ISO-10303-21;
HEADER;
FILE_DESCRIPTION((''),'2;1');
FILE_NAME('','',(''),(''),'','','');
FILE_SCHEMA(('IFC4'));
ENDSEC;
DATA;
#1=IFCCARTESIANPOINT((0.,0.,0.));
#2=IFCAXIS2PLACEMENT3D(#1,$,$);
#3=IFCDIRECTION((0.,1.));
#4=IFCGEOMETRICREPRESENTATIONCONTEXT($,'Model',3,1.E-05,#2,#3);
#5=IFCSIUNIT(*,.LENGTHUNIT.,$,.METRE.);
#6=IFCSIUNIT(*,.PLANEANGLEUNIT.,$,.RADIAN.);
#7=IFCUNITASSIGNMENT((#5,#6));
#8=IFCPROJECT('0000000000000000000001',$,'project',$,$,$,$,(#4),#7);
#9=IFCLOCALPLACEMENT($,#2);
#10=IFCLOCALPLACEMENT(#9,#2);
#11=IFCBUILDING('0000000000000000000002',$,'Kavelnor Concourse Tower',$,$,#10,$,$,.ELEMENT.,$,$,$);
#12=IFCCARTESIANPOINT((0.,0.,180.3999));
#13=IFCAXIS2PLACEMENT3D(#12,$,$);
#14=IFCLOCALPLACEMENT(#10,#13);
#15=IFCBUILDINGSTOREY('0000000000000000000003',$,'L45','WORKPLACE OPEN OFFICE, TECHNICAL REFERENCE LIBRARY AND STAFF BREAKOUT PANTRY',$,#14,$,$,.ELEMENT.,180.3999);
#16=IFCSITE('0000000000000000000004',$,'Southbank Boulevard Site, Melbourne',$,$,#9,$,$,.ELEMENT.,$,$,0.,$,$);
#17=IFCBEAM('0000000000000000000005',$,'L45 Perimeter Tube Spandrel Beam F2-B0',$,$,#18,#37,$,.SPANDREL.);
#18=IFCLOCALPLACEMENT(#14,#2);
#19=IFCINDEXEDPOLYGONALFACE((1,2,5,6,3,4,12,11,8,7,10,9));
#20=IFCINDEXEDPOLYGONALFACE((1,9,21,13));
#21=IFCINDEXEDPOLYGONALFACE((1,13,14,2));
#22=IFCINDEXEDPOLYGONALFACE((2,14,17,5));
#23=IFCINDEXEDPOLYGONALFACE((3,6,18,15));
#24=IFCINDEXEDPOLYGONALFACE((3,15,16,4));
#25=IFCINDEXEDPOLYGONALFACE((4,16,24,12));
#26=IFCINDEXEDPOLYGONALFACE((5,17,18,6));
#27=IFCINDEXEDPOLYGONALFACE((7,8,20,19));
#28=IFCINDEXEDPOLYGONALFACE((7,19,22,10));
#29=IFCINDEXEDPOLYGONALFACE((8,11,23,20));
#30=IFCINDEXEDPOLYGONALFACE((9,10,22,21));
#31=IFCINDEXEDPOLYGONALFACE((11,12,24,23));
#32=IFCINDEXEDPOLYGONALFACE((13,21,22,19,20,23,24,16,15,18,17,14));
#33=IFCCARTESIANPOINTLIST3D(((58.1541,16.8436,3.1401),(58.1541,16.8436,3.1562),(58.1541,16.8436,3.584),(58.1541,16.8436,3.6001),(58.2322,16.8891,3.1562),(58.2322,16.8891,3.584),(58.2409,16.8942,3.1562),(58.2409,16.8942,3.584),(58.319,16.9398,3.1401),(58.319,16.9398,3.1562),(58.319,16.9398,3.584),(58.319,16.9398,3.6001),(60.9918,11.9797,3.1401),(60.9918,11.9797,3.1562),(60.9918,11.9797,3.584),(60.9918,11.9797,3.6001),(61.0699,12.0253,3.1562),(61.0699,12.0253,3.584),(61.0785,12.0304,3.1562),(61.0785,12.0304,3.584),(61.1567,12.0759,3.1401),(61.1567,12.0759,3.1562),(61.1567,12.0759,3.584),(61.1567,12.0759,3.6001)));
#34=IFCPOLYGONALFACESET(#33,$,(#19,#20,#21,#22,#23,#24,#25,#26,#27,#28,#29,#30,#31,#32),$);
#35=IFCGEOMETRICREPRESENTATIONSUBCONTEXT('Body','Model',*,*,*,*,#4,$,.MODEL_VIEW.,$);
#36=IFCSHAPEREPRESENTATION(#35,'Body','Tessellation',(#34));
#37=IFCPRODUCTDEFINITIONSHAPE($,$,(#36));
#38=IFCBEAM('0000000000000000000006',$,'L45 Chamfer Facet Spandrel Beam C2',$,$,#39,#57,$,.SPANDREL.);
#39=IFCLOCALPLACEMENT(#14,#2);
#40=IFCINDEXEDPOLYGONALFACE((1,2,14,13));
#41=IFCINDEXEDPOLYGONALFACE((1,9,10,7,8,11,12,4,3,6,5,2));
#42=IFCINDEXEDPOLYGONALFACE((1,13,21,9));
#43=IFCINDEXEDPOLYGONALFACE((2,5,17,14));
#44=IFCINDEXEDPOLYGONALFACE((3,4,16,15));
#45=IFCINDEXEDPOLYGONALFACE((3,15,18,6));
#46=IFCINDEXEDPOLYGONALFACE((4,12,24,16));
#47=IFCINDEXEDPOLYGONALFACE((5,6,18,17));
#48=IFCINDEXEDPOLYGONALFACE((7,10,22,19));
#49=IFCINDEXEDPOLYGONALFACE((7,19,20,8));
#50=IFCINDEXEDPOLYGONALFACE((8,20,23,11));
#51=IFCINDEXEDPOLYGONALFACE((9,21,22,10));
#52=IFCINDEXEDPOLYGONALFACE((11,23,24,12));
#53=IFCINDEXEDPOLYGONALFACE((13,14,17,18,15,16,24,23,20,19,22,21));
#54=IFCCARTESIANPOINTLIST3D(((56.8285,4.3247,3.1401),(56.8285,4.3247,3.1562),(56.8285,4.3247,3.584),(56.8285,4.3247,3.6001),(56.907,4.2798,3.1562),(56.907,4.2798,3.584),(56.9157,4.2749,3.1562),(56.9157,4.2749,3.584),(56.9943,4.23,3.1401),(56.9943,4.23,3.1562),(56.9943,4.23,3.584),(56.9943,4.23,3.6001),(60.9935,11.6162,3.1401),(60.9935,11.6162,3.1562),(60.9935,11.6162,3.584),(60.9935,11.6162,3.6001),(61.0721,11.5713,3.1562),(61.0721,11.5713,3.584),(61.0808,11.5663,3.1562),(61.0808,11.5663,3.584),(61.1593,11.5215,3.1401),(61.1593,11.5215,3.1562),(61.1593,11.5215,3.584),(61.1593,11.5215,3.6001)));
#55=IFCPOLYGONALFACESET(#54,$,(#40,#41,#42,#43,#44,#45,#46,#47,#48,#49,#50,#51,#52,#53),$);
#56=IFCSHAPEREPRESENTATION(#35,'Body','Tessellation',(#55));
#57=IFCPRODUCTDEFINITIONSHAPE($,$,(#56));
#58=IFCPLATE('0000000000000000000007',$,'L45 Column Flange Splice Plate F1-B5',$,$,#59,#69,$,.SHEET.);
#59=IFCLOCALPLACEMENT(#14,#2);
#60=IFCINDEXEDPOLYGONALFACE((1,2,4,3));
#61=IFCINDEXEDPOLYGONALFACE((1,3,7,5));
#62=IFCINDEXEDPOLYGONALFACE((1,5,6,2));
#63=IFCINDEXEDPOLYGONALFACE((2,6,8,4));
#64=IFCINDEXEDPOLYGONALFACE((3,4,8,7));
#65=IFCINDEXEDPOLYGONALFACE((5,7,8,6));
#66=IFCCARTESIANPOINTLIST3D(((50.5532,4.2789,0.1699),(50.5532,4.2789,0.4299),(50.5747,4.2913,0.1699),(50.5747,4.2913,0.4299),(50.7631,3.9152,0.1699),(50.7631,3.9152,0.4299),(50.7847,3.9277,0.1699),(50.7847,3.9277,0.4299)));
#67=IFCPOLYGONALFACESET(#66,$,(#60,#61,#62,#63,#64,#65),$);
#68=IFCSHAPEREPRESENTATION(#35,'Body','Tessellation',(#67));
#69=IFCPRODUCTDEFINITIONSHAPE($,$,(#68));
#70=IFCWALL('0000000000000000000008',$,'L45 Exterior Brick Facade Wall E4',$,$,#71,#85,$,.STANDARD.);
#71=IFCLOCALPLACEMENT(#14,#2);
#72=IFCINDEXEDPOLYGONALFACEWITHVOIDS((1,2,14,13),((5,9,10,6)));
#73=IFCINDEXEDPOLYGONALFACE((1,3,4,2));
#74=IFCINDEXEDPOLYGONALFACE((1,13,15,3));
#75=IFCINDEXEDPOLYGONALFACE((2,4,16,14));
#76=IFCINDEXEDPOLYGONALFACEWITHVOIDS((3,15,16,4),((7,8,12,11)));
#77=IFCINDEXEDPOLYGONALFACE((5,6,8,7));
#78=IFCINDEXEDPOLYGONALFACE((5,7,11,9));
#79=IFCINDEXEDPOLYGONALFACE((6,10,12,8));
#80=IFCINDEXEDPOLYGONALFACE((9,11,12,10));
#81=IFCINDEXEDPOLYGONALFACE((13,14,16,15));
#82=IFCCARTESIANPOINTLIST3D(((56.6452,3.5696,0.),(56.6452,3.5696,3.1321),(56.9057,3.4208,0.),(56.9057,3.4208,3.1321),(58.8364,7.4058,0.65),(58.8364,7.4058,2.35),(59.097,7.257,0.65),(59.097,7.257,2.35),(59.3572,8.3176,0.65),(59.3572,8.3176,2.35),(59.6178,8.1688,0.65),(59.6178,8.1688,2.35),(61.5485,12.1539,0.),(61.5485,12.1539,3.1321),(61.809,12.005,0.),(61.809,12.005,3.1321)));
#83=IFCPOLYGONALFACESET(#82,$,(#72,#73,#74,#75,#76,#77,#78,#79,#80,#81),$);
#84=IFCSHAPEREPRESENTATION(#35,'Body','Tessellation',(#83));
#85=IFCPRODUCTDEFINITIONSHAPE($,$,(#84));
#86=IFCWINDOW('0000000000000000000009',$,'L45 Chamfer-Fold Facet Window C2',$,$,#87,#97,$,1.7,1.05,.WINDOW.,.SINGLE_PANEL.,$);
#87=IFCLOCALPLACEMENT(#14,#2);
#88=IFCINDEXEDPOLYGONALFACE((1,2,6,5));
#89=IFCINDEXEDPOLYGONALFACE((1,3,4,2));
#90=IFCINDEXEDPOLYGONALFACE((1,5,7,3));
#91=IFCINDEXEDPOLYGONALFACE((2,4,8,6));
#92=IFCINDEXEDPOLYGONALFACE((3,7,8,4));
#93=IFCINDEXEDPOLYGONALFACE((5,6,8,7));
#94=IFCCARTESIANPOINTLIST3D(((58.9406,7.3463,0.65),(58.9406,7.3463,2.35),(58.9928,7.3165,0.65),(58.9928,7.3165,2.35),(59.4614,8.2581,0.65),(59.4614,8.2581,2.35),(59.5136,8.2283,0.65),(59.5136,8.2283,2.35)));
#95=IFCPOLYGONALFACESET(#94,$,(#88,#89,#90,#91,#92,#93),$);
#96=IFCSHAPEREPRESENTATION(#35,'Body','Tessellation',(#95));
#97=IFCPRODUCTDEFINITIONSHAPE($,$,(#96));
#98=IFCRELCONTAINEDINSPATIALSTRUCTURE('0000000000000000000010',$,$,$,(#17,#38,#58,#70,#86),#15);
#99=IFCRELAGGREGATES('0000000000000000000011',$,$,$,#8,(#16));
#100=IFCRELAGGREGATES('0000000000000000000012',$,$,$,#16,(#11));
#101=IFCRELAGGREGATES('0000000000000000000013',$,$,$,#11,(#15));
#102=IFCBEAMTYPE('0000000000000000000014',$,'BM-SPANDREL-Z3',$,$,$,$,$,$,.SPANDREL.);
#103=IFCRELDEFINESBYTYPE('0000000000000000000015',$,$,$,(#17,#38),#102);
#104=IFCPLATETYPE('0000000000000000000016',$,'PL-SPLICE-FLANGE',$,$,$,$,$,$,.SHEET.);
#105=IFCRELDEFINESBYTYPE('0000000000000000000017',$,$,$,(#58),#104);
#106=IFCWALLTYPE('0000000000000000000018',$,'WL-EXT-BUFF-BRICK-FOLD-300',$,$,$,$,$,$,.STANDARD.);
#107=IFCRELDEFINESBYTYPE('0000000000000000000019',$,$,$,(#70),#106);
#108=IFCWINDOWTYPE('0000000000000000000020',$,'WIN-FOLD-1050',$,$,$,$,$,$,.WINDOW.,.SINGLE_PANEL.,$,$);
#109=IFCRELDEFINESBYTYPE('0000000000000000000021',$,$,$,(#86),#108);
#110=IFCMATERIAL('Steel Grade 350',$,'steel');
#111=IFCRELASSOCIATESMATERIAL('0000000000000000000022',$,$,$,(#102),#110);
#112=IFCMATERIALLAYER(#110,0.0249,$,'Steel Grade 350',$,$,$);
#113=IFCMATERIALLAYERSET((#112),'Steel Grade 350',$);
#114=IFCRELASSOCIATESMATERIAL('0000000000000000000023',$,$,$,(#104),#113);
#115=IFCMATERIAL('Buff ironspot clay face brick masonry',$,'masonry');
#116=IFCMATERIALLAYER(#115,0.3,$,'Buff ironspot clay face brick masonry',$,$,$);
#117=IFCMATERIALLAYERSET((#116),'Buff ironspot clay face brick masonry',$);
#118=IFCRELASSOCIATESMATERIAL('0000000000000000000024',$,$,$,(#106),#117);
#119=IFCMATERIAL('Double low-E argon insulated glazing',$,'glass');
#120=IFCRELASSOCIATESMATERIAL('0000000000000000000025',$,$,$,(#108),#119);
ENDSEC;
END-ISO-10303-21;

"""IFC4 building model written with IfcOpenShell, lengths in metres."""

from ifc_helpers import new_model, si_unit, direction, frame, frame_2d, origin, origin_2d, place, context, subcontext, project, spatial, rectangle, i_section, extrude, material, layer, layer_set, material_profile, profile_set, type_object, element, fill, save


model = new_model("IFC4")

# Units and contexts
model_context = context("Model", 3, precision=1e-05, world=origin(), true_north=direction((0.0, 1.0)))
body_context = subcontext(model_context, "Body", "Model", "MODEL_VIEW")
ifc_project = project(units=[si_unit("LENGTHUNIT", "METRE"), si_unit("PLANEANGLEUNIT", "RADIAN")], contexts=[model_context])

# Site, building, storey
site_placement = place(None, origin())
site = spatial("IfcSite", under=ifc_project, at=site_placement, Name="Southbank Boulevard Site, Melbourne", CompositionType="ELEMENT", RefElevation=0.0)
building_placement = place(site_placement, origin())
building = spatial("IfcBuilding", under=site, at=building_placement, Name="Kavelnor Concourse Tower", CompositionType="ELEMENT")
storey_placement = place(building_placement, frame((0.0, 0.0, 180.3999)))
storey = spatial("IfcBuildingStorey", under=building, at=storey_placement, Name="L45", Description="WORKPLACE OPEN OFFICE, TECHNICAL REFERENCE LIBRARY AND STAFF BREAKOUT PANTRY", CompositionType="ELEMENT", Elevation=180.3999)

# Shared definitions
ifc_material_1 = material(Name="Steel Grade 350", Category="steel")

# Beams
ifc_material_profile_1 = material_profile(ifc_material_1, i_section(OverallWidth=0.1909, OverallDepth=0.46, WebThickness=0.01, FlangeThickness=0.0161, at=origin_2d()), Name="460UB82")
ifc_profile_set_1 = profile_set([ifc_material_profile_1], Name="Steel Grade 350")
beam_type_1 = type_object("IfcBeamType", Name="BM-SPANDREL-Z3", PredefinedType="SPANDREL", material=ifc_profile_set_1)
beam_1_placement = place(storey_placement, frame((61.0742, 12.0278, 3.3701), z_axis=(-0.50393, 0.863744, 0.0), x_axis=(-0.863744, -0.50393, 0.0)))
element("IfcBeam", 1, at=beam_1_placement, inside=storey, type_object=beam_type_1, Name="L45 Perimeter Tube Spandrel Beam F2-B0", PredefinedType="SPANDREL", context=body_context, shape_type="SweptSolid", body=[
    extrude(i_section(OverallWidth=0.1909, OverallDepth=0.46, WebThickness=0.01, FlangeThickness=0.0161, at=origin_2d()), origin(), (0.0, 0.0, 1.0), 5.6311),
])
beam_2_placement = place(storey_placement, frame((56.9114, 4.2773, 3.3701), z_axis=(0.496001, 0.868322, 0.0), x_axis=(-0.868322, 0.496001, 0.0)))
element("IfcBeam", 2, at=beam_2_placement, inside=storey, type_object=beam_type_1, Name="L45 Chamfer Facet Spandrel Beam C2", PredefinedType="SPANDREL", context=body_context, shape_type="SweptSolid", body=[
    extrude(i_section(OverallWidth=0.1909, OverallDepth=0.46, WebThickness=0.01, FlangeThickness=0.0161, at=origin_2d()), origin(), (0.0, 0.0, 1.0), 8.3972),
])

# Plate
ifc_layer_1 = layer(ifc_material_1, 0.0249, Name="Steel Grade 350")
ifc_layer_set_1 = layer_set([ifc_layer_1], Name="Steel Grade 350")
plate_type = type_object("IfcPlateType", Name="PL-SPLICE-FLANGE", PredefinedType="SHEET", material=ifc_layer_set_1)
plate_placement = place(storey_placement, frame((50.6689, 4.1033, 0.1699), z_axis=(0.0, 0.0, 1.0), x_axis=(-0.5, 0.866025, 0.0)))
element("IfcPlate", 3, at=plate_placement, inside=storey, type_object=plate_type, Name="L45 Column Flange Splice Plate F1-B5", PredefinedType="SHEET", context=body_context, shape_type="SweptSolid", body=[
    extrude(rectangle(XDim=0.4199, YDim=0.0249, at=origin_2d()), origin(), (0.0, 0.0, 1.0), 0.26),
])

# Wall, opening, window
ifc_material_2 = material(Name="Buff ironspot clay face brick masonry", Category="masonry")
ifc_layer_2 = layer(ifc_material_2, 0.3, Name="Buff ironspot clay face brick masonry")
ifc_layer_set_2 = layer_set([ifc_layer_2], Name="Buff ironspot clay face brick masonry")
wall_type_1 = type_object("IfcWallType", Name="WL-EXT-BUFF-BRICK-FOLD-300", PredefinedType="STANDARD", material=ifc_layer_set_2)
wall_1_placement = place(storey_placement, frame((61.6787, 12.0793, 0.0), z_axis=(0.0, 0.0, 1.0), x_axis=(-0.49599, -0.868328, 0.0)))
wall_1 = element("IfcWall", 4, at=wall_1_placement, inside=storey, type_object=wall_type_1, Name="L45 Exterior Brick Facade Wall E4", PredefinedType="STANDARD", context=body_context, shape_type="SweptSolid", body=[
    extrude(rectangle(XDim=9.886, YDim=0.3, at=frame_2d((4.9429, 0.0))), origin(), (0.0, 0.0, 1.0), 3.1321),
])
opening_1_placement = place(wall_1_placement, frame((4.418, 0.0, 0.6499)))
opening_1 = element("IfcOpeningElement", 5, at=opening_1_placement, cuts=wall_1, PredefinedType="OPENING", context=body_context, shape_type="SweptSolid", body=[
    extrude(rectangle(XDim=1.05, YDim=1.7, at=frame_2d((0.5249, 0.8501))), frame((0.0, 0.1602, 0.0), z_axis=(0.0, -1.0, 0.0), x_axis=(1.0, 0.0, 0.0)), (0.0, 0.0, 1.0), 0.3201),
])
ifc_material_3 = material(Name="Double low-E argon insulated glazing", Category="glass")
window_type_1 = type_object("IfcWindowType", Name="WIN-FOLD-1050", PartitioningType="SINGLE_PANEL", PredefinedType="WINDOW", material=ifc_material_3)
window_1_placement = place(opening_1_placement, origin())
window_1 = element("IfcWindow", 6, at=window_1_placement, inside=storey, type_object=window_type_1, Name="L45 Chamfer-Fold Facet Window C2", OverallHeight=1.7, OverallWidth=1.05, PartitioningType="SINGLE_PANEL", PredefinedType="WINDOW", context=body_context, shape_type="SweptSolid", body=[
    extrude(rectangle(XDim=1.05, YDim=1.7, at=frame_2d((0.5249, 0.8501))), frame((0.0, 0.03, 0.0), z_axis=(0.0, -1.0, 0.0), x_axis=(1.0, 0.0, 0.0)), (0.0, 0.0, 1.0), 0.0601),
])
fill(opening_1, window_1)

save(model, "model.ifc")
